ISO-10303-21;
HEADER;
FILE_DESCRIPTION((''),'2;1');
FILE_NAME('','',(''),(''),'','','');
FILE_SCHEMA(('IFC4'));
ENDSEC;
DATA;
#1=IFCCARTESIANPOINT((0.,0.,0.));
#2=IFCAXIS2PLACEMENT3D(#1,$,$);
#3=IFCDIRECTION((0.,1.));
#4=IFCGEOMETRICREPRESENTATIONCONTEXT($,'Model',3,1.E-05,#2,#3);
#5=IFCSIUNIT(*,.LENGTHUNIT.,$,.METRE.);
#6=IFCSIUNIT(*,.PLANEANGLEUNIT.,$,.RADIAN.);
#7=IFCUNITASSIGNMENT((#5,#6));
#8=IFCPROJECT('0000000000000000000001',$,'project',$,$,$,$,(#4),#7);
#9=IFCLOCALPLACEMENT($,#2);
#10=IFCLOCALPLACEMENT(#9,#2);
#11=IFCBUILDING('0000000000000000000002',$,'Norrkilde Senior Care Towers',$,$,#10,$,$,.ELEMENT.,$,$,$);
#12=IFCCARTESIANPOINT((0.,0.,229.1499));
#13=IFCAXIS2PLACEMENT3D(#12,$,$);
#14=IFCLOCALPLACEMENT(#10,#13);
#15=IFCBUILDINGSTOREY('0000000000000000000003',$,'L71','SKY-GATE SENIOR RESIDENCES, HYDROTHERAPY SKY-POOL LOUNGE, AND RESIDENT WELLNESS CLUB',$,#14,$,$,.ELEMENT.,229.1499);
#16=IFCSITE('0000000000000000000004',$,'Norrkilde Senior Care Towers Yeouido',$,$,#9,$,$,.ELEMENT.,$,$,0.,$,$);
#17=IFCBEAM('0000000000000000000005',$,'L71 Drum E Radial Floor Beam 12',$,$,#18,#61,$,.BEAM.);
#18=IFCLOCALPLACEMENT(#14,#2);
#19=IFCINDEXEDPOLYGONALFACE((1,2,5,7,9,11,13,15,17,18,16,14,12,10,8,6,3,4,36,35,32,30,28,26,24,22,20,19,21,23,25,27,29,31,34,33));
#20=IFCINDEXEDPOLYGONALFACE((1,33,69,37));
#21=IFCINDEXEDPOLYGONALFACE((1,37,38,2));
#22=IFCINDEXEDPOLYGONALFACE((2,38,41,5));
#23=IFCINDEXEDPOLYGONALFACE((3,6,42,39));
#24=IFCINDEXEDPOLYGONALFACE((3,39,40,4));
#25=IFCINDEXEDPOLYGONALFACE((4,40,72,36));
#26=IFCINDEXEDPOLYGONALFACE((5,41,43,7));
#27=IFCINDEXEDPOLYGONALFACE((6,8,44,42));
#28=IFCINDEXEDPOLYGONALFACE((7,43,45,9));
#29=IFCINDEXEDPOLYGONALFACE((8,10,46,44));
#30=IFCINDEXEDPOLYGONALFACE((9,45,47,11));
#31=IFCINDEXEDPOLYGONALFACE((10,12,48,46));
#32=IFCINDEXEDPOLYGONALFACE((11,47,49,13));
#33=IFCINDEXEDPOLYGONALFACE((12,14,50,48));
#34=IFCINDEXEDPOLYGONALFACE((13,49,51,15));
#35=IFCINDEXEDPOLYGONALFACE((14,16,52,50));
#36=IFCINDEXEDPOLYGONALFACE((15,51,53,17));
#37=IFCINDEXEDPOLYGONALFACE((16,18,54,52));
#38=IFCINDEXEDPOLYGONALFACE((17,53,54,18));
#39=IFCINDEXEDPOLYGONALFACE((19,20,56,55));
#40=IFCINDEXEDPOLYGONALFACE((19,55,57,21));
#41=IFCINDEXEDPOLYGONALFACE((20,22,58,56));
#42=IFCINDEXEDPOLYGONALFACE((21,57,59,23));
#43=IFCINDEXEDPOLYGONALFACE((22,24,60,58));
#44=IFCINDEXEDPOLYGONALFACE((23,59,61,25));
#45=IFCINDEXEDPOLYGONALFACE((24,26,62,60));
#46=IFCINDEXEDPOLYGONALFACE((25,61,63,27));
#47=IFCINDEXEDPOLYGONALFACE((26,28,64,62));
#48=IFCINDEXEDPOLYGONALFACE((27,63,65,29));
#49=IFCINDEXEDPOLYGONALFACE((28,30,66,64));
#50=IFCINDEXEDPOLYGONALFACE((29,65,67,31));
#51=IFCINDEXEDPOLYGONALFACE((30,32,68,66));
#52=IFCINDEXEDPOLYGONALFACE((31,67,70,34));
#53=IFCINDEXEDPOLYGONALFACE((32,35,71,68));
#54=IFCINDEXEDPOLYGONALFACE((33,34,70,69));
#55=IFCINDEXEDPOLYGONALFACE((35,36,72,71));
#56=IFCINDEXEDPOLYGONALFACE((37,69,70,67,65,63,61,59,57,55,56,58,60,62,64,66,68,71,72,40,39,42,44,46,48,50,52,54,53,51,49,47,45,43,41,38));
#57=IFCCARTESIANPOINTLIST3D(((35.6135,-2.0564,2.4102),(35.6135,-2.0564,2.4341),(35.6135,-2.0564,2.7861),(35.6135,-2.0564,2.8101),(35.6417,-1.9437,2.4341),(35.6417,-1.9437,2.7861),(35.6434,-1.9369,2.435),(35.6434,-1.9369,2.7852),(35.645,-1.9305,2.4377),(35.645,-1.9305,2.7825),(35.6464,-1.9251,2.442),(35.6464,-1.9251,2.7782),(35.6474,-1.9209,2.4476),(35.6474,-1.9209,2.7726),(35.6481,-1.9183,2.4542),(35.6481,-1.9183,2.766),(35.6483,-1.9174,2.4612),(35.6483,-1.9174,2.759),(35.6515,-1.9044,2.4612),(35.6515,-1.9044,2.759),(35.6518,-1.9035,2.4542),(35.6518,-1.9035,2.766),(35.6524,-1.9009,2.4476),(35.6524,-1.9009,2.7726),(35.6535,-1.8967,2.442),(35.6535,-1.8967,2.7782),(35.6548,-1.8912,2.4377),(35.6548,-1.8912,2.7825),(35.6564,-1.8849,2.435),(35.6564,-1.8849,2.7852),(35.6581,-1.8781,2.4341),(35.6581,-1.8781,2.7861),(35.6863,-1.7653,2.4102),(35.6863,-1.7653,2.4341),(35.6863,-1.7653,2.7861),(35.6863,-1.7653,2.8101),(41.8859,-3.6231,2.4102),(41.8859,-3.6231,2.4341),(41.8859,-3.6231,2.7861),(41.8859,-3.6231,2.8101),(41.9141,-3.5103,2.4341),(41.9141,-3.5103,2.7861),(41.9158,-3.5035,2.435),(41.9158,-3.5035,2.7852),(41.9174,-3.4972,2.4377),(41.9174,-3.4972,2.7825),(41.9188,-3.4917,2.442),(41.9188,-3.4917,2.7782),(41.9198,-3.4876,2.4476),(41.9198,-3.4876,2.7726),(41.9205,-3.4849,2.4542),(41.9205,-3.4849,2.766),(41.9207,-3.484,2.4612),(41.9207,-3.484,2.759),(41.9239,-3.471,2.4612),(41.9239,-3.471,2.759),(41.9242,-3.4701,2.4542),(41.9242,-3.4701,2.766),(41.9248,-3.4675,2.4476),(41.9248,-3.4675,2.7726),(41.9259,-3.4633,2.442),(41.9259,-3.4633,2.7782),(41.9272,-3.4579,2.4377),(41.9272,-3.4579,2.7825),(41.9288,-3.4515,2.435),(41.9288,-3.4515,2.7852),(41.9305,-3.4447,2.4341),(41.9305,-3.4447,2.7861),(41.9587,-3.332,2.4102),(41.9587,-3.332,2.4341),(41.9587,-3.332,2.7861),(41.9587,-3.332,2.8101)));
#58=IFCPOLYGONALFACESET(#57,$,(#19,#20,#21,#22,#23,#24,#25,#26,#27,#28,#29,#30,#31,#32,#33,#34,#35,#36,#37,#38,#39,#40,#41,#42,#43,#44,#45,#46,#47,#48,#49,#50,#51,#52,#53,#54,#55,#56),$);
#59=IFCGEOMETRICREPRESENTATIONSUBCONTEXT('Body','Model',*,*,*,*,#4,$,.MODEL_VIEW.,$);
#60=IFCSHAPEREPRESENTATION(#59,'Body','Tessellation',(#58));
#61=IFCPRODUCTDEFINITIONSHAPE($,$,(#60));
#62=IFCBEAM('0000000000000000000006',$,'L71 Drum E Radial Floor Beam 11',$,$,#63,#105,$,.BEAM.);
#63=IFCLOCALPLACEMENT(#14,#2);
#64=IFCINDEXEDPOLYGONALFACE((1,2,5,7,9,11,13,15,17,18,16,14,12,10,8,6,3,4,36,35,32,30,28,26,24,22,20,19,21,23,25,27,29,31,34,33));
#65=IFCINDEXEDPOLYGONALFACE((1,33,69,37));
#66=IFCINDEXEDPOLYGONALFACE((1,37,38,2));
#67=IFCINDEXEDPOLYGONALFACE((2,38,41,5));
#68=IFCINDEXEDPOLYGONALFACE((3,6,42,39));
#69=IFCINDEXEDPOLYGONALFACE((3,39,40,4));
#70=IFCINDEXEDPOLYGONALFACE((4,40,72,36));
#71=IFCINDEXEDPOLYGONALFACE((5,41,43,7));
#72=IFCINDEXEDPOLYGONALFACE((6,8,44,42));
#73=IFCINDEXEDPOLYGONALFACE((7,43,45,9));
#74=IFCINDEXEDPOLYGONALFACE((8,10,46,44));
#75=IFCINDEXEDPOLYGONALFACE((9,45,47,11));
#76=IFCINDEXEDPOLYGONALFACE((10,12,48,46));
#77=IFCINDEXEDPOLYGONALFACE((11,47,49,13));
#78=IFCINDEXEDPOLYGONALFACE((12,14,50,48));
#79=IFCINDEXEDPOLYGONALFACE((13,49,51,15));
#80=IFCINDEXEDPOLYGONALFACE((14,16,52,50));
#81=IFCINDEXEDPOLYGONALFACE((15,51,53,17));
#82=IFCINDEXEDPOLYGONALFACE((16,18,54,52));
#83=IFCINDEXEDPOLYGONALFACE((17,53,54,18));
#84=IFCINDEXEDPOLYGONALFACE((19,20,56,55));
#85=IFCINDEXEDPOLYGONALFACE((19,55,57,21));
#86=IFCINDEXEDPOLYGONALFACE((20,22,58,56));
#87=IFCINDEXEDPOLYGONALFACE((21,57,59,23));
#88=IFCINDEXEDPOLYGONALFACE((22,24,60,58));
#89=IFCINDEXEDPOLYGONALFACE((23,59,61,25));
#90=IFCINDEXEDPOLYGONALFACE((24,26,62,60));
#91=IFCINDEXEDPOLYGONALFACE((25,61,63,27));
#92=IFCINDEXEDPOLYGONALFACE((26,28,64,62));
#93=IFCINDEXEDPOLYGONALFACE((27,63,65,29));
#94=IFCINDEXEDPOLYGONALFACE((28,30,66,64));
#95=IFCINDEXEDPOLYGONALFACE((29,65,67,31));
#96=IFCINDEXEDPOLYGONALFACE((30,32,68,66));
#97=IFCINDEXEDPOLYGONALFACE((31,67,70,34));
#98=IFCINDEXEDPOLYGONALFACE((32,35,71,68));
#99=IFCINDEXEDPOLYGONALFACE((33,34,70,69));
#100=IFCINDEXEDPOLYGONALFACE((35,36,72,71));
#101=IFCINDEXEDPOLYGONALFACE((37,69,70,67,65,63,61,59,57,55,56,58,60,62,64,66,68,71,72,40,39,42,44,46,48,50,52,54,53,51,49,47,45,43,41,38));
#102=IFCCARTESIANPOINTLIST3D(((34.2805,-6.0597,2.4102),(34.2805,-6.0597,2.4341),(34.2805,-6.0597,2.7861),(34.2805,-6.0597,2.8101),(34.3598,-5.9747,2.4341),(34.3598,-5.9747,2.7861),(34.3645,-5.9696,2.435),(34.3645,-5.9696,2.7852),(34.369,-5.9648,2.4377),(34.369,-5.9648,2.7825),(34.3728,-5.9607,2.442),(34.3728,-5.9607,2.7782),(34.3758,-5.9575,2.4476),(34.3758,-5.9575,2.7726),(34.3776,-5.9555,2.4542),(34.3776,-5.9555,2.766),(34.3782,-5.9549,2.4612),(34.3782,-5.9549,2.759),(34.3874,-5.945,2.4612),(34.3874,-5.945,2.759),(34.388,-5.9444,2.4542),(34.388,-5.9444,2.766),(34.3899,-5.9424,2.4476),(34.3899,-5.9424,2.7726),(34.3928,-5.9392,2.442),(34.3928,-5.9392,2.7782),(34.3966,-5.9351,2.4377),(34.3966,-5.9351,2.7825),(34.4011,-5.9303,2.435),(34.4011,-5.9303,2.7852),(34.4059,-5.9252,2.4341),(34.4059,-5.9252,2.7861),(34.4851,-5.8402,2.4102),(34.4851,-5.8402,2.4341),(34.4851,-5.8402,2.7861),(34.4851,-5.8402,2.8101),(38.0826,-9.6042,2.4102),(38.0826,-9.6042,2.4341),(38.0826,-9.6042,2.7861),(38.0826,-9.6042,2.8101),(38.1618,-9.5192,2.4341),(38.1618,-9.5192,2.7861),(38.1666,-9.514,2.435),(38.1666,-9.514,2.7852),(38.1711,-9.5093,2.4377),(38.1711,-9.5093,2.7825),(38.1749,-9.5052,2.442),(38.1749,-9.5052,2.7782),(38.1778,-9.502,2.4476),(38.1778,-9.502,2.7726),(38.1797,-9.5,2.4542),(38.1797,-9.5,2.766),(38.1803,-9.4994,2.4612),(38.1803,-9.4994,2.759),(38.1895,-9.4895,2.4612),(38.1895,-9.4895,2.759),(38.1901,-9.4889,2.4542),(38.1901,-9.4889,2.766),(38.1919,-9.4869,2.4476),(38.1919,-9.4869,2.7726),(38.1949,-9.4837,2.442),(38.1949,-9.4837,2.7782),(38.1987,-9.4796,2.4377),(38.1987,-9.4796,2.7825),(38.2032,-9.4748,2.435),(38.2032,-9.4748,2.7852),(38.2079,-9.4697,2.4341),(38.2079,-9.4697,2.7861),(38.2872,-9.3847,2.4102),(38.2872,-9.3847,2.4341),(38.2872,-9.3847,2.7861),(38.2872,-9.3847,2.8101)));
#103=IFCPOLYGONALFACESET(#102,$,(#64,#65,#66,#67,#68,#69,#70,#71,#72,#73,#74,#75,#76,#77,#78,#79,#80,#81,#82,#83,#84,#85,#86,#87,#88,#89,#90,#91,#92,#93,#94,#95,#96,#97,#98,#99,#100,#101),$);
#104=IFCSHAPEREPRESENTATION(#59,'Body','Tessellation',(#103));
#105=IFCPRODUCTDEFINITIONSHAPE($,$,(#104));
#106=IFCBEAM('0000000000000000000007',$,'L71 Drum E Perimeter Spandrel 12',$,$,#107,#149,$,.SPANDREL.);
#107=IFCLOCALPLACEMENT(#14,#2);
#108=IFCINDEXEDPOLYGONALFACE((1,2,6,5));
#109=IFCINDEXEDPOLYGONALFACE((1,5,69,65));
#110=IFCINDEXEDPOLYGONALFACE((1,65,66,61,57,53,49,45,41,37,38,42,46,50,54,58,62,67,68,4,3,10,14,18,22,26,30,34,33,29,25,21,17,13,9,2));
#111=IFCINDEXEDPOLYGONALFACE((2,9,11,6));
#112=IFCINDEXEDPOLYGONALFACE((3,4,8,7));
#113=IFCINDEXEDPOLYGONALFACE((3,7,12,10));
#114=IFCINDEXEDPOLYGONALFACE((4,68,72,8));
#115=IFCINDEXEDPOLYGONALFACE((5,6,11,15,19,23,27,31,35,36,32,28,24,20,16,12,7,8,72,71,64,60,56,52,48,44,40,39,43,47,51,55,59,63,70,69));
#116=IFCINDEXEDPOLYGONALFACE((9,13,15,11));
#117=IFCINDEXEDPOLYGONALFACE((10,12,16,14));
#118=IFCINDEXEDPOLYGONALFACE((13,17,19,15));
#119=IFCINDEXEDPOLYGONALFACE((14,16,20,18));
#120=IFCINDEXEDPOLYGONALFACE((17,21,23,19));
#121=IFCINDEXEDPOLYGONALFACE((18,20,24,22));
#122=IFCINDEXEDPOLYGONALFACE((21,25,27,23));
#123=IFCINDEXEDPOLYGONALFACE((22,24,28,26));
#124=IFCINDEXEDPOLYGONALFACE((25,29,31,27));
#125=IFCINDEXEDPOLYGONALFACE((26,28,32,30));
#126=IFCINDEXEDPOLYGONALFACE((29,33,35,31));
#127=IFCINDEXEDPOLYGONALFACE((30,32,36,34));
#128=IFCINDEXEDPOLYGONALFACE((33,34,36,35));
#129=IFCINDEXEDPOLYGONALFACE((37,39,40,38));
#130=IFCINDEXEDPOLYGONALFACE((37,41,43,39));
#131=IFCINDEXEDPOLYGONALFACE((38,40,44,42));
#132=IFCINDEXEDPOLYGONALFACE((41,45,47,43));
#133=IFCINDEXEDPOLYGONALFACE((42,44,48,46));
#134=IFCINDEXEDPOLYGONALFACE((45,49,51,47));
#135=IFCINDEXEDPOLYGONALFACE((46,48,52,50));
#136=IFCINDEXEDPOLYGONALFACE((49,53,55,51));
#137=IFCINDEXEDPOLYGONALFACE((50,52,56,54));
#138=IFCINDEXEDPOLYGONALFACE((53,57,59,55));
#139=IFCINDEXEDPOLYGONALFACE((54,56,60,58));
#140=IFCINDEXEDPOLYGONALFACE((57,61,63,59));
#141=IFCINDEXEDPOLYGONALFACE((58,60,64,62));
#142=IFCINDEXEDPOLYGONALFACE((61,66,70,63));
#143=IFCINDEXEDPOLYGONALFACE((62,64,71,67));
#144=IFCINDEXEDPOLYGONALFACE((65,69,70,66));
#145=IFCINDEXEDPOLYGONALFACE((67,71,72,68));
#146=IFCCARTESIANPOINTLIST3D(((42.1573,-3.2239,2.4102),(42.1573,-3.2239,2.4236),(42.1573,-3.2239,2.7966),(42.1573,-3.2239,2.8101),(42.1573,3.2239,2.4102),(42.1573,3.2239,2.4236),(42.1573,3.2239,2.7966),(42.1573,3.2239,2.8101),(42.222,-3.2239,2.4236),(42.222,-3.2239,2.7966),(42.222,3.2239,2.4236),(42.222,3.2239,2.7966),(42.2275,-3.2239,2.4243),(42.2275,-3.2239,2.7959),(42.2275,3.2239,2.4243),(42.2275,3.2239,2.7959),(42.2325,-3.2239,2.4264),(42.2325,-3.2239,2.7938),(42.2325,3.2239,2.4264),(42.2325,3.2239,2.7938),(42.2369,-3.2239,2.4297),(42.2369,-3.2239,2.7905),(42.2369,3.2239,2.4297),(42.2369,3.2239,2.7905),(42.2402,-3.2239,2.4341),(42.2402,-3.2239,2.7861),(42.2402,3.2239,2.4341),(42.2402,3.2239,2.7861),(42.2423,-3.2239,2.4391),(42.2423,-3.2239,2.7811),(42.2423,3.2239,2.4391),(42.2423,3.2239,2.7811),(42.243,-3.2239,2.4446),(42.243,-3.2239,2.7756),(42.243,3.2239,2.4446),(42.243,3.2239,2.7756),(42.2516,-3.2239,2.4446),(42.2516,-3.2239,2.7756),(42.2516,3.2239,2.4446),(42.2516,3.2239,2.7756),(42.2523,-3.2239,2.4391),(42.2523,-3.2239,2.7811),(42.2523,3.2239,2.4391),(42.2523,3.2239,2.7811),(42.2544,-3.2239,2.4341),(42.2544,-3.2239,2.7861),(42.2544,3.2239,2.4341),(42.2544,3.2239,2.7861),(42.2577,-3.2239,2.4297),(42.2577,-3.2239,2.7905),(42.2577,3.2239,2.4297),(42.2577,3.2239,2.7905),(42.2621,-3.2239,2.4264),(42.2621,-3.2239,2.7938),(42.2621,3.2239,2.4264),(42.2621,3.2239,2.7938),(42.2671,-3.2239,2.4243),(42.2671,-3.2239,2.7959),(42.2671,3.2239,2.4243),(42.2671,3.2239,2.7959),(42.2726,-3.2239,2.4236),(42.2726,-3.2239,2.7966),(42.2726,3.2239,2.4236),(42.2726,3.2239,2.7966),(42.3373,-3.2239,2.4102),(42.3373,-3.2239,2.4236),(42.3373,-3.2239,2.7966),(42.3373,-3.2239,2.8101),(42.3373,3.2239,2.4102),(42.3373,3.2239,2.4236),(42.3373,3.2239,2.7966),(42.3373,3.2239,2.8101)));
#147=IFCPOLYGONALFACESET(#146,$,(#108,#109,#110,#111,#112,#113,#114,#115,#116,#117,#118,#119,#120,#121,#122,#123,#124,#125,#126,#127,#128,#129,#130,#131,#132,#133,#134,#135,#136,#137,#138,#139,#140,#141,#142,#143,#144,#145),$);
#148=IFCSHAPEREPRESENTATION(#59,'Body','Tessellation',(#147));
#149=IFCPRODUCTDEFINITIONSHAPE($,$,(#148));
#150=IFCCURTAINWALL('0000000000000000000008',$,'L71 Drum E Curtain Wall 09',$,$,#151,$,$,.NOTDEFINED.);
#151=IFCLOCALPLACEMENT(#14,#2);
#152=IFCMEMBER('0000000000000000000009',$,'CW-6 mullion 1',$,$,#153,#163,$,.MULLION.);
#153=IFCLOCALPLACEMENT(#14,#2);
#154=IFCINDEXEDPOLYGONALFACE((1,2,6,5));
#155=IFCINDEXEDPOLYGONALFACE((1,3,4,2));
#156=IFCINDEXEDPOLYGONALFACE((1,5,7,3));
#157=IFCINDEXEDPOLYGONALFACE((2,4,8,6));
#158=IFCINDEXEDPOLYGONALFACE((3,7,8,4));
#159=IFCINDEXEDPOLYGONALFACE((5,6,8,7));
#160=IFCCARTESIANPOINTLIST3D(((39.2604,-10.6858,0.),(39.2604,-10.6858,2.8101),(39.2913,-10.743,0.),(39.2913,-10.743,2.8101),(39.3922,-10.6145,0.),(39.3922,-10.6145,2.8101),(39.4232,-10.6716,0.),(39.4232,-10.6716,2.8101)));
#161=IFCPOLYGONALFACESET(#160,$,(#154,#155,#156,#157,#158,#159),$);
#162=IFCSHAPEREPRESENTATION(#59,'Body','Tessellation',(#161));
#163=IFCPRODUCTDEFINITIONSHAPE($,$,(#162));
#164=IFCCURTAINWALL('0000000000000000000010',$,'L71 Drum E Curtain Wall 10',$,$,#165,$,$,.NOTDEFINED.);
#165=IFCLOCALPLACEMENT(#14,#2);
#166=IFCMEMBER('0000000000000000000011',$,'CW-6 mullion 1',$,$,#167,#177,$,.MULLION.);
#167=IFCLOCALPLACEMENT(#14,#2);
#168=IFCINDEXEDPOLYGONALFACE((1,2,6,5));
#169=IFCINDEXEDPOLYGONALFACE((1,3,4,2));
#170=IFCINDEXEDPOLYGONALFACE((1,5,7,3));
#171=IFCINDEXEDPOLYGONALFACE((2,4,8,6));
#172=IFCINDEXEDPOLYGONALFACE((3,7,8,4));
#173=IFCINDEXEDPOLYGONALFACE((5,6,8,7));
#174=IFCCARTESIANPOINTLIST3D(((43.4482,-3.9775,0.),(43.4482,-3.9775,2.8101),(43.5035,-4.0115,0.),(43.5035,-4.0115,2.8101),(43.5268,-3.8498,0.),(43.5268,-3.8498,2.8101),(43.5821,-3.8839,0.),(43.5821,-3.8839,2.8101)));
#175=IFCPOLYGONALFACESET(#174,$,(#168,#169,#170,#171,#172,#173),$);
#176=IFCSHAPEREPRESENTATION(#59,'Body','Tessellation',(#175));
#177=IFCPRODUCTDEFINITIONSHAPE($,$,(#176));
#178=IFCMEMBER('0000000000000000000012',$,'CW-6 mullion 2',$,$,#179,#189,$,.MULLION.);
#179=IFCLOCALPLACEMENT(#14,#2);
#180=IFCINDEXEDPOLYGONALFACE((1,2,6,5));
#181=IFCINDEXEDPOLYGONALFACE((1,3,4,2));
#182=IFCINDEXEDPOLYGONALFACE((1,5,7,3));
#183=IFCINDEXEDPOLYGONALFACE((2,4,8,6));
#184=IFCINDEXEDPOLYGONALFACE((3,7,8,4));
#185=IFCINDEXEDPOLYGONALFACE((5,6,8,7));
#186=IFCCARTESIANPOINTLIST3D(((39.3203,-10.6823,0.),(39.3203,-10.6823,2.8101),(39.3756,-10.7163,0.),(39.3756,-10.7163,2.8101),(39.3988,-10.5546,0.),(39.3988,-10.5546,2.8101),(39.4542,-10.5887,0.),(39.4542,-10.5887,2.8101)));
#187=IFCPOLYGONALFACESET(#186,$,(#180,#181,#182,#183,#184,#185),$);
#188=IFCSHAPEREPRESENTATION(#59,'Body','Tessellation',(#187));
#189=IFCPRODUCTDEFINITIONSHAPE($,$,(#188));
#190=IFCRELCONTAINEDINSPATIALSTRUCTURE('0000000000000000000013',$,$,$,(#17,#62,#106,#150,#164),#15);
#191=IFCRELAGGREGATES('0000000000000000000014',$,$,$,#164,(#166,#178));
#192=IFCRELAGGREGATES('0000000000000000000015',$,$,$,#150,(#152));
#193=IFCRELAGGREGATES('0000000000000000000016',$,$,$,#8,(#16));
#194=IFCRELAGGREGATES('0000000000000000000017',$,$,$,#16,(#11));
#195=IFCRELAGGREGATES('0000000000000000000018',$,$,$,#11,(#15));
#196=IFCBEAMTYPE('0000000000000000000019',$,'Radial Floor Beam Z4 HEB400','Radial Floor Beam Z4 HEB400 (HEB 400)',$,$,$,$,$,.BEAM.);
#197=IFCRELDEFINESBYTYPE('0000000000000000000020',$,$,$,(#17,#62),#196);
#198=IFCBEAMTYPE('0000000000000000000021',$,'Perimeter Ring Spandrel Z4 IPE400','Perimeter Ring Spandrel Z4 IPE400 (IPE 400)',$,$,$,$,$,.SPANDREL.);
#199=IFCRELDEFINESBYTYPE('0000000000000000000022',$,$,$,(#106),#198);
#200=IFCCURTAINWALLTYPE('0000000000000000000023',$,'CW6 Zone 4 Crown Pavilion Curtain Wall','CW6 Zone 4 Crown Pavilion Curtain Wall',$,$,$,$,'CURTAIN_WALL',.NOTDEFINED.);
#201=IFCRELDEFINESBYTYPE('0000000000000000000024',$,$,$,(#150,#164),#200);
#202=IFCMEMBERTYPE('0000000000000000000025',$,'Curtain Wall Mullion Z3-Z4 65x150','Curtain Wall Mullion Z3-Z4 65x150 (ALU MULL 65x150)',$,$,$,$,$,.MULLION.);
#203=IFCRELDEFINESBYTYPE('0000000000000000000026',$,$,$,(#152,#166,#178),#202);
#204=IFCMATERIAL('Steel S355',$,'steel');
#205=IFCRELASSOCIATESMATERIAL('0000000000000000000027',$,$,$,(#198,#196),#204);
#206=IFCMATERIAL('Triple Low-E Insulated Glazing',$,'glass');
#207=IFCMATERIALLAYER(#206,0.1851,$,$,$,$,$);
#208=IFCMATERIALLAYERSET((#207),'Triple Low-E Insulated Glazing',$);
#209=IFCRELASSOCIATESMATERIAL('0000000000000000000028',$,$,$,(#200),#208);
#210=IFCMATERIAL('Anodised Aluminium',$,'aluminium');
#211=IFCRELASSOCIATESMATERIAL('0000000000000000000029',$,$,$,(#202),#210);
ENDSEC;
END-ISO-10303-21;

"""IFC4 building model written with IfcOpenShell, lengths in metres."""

from ifc_helpers import new_model, si_unit, direction, frame, origin, origin_2d, place, context, subcontext, project, spatial, rectangle, i_section, extrude, source, transform, mapped, material, layer, layer_set, material_profile, profile_set, type_object, type_shapes, element, aggregate, save


model = new_model("IFC4")

# Units and contexts
model_context = context("Model", 3, precision=1e-05, world=origin(), true_north=direction((0.0, 1.0)))
body_context = subcontext(model_context, "Body", "Model", "MODEL_VIEW")
ifc_project = project(units=[si_unit("LENGTHUNIT", "METRE"), si_unit("PLANEANGLEUNIT", "RADIAN")], contexts=[model_context])

# Site, building, storey
site_placement = place(None, origin())
site = spatial("IfcSite", under=ifc_project, at=site_placement, Name="Norrkilde Senior Care Towers Yeouido", CompositionType="ELEMENT", RefElevation=0.0)
building_placement = place(site_placement, origin())
building = spatial("IfcBuilding", under=site, at=building_placement, Name="Norrkilde Senior Care Towers", CompositionType="ELEMENT")
storey_placement = place(building_placement, frame((0.0, 0.0, 229.1499)))
storey = spatial("IfcBuildingStorey", under=building, at=storey_placement, Name="L71", Description="SKY-GATE SENIOR RESIDENCES, HYDROTHERAPY SKY-POOL LOUNGE, AND RESIDENT WELLNESS CLUB", CompositionType="ELEMENT", Elevation=229.1499)

# Beams
ifc_material_1 = material(Name="Steel S355", Category="steel")
ifc_material_profile_1 = material_profile(ifc_material_1, i_section(OverallWidth=0.1799, OverallDepth=0.3999, WebThickness=0.0085, FlangeThickness=0.0134, FilletRadius=0.021, at=origin_2d()), Name="IPE 400")
ifc_profile_set_1 = profile_set([ifc_material_profile_1], Name="Steel S355")
beam_type_1 = type_object("IfcBeamType", Name="Perimeter Ring Spandrel Z4 IPE400", Description="Perimeter Ring Spandrel Z4 IPE400 (IPE 400)", PredefinedType="SPANDREL", material=ifc_profile_set_1)
ifc_material_profile_2 = material_profile(ifc_material_1, i_section(OverallWidth=0.3, OverallDepth=0.3999, WebThickness=0.0134, FlangeThickness=0.0239, FilletRadius=0.0271, at=origin_2d()), Name="HEB 400")
ifc_profile_set_2 = profile_set([ifc_material_profile_2], Name="Steel S355")
beam_type_2 = type_object("IfcBeamType", Name="Radial Floor Beam Z4 HEB400", Description="Radial Floor Beam Z4 HEB400 (HEB 400)", PredefinedType="BEAM", material=ifc_profile_set_2)
shared_shape_1 = source(origin(), body_context, "Body", "SweptSolid", [
    extrude(i_section(OverallWidth=0.3, OverallDepth=0.3999, WebThickness=0.0134, FlangeThickness=0.0239, FilletRadius=0.0271, at=origin_2d()), origin(), (0.0, 0.0, 1.0), 6.4651),
])
beam_1_placement = place(storey_placement, frame((35.6499, -1.9109, 2.6101), z_axis=(0.970196, -0.242322, 0.0), x_axis=(0.242322, 0.970196, 0.0)))
element("IfcBeam", 1, at=beam_1_placement, inside=storey, type_object=beam_type_2, Name="L71 Drum E Radial Floor Beam 12", PredefinedType="BEAM", context=body_context, shape_type="MappedRepresentation", body=[
    mapped(shared_shape_1, transform((0.0, 0.0, 0.0), x_axis=(1.0, 0.0, 0.0), y_axis=(0.0, 1.0, 0.0), z_axis=(0.0, 0.0, 1.0), scale=1.0)),
])
shared_shape_2 = source(origin(), body_context, "Body", "SweptSolid", [
    extrude(i_section(OverallWidth=0.3, OverallDepth=0.3999, WebThickness=0.0134, FlangeThickness=0.0239, FilletRadius=0.0271, at=origin_2d()), origin(), (0.0, 0.0, 1.0), 5.198),
])
type_shapes(beam_type_2, [shared_shape_1, shared_shape_2])
beam_2_placement = place(storey_placement, frame((34.3828, -5.95, 2.6101), z_axis=(0.731449, -0.681896, 0.0), x_axis=(0.681896, 0.731449, 0.0)))
element("IfcBeam", 2, at=beam_2_placement, inside=storey, type_object=beam_type_2, Name="L71 Drum E Radial Floor Beam 11", PredefinedType="BEAM", context=body_context, shape_type="MappedRepresentation", body=[
    mapped(shared_shape_2, transform((0.0, 0.0, 0.0), x_axis=(1.0, 0.0, 0.0), y_axis=(0.0, 1.0, 0.0), z_axis=(0.0, 0.0, 1.0), scale=1.0)),
])
shared_shape_3 = source(origin(), body_context, "Body", "SweptSolid", [
    extrude(i_section(OverallWidth=0.1799, OverallDepth=0.3999, WebThickness=0.0085, FlangeThickness=0.0134, FilletRadius=0.021, at=origin_2d()), origin(), (0.0, 0.0, 1.0), 6.4478),
])
beam_3_placement = place(storey_placement, frame((42.2473, -3.2239, 2.6101), z_axis=(0.0, 1.0, 0.0), x_axis=(-1.0, 0.0, 0.0)))
element("IfcBeam", 3, at=beam_3_placement, inside=storey, type_object=beam_type_1, Name="L71 Drum E Perimeter Spandrel 12", PredefinedType="SPANDREL", context=body_context, shape_type="MappedRepresentation", body=[
    mapped(shared_shape_3, transform((0.0, 0.0, 0.0), x_axis=(1.0, 0.0, 0.0), y_axis=(0.0, 1.0, 0.0), z_axis=(0.0, 0.0, 1.0), scale=1.0)),
])

# Curtain wall, member
ifc_material_2 = material(Name="Triple Low-E Insulated Glazing", Category="glass")
ifc_layer_1 = layer(ifc_material_2, 0.1851)
ifc_layer_set_1 = layer_set([ifc_layer_1], Name="Triple Low-E Insulated Glazing")
curtain_wall_type = type_object("IfcCurtainWallType", Name="CW6 Zone 4 Crown Pavilion Curtain Wall", Description="CW6 Zone 4 Crown Pavilion Curtain Wall", ElementType="CURTAIN_WALL", PredefinedType="NOTDEFINED", material=ifc_layer_set_1)
curtain_wall_1_placement = place(storey_placement, origin())
curtain_wall_1 = element("IfcCurtainWall", 4, at=curtain_wall_1_placement, inside=storey, type_object=curtain_wall_type, Name="L71 Drum E Curtain Wall 09", PredefinedType="NOTDEFINED")
ifc_material_3 = material(Name="Anodised Aluminium", Category="aluminium")
ifc_material_profile_3 = material_profile(ifc_material_3, rectangle(XDim=0.0649, YDim=0.1499, at=origin_2d()), Name="ALU MULL 65x150")
ifc_profile_set_3 = profile_set([ifc_material_profile_3], Name="Anodised Aluminium")
member_type_1 = type_object("IfcMemberType", Name="Curtain Wall Mullion Z3-Z4 65x150", Description="Curtain Wall Mullion Z3-Z4 65x150 (ALU MULL 65x150)", PredefinedType="MULLION", material=ifc_profile_set_3)
shared_shape_4 = source(origin(), body_context, "Body", "SweptSolid", [
    extrude(rectangle(XDim=0.0649, YDim=0.1499, at=origin_2d()), origin(), (0.0, 0.0, 1.0), 2.8101),
])
type_shapes(member_type_1, [shared_shape_4])
member_1_placement = place(storey_placement, frame((39.3418, -10.6787, 0.0), z_axis=(0.0, 0.0, 1.0), x_axis=(0.476133, -0.879373, 0.0)))
member_1 = element("IfcMember", 5, at=member_1_placement, type_object=member_type_1, Name="CW-6 mullion 1", PredefinedType="MULLION", context=body_context, shape_type="MappedRepresentation", body=[
    mapped(shared_shape_4, transform((0.0, 0.0, 0.0), x_axis=(1.0, 0.0, 0.0), y_axis=(0.0, 1.0, 0.0), z_axis=(0.0, 0.0, 1.0), scale=1.0)),
])

# Curtain wall, members
curtain_wall_2_placement = place(storey_placement, origin())
curtain_wall_2 = element("IfcCurtainWall", 6, at=curtain_wall_2_placement, inside=storey, type_object=curtain_wall_type, Name="L71 Drum E Curtain Wall 10", PredefinedType="NOTDEFINED")
member_2_placement = place(storey_placement, frame((43.5151, -3.9307, 0.0), z_axis=(0.0, 0.0, 1.0), x_axis=(0.851563, -0.524253, 0.0)))
member_2 = element("IfcMember", 7, at=member_2_placement, type_object=member_type_1, Name="CW-6 mullion 1", PredefinedType="MULLION", context=body_context, shape_type="MappedRepresentation", body=[
    mapped(shared_shape_4, transform((0.0, 0.0, 0.0), x_axis=(1.0, 0.0, 0.0), y_axis=(0.0, 1.0, 0.0), z_axis=(0.0, 0.0, 1.0), scale=1.0)),
])
member_3_placement = place(storey_placement, frame((39.3872, -10.6355, 0.0), z_axis=(0.0, 0.0, 1.0), x_axis=(0.851563, -0.524253, 0.0)))
member_3 = element("IfcMember", 8, at=member_3_placement, type_object=member_type_1, Name="CW-6 mullion 2", PredefinedType="MULLION", context=body_context, shape_type="MappedRepresentation", body=[
    mapped(shared_shape_4, transform((0.0, 0.0, 0.0), x_axis=(1.0, 0.0, 0.0), y_axis=(0.0, 1.0, 0.0), z_axis=(0.0, 0.0, 1.0), scale=1.0)),
])

aggregate(curtain_wall_2, [member_2, member_3])
aggregate(curtain_wall_1, [member_1])

save(model, "model.ifc")
